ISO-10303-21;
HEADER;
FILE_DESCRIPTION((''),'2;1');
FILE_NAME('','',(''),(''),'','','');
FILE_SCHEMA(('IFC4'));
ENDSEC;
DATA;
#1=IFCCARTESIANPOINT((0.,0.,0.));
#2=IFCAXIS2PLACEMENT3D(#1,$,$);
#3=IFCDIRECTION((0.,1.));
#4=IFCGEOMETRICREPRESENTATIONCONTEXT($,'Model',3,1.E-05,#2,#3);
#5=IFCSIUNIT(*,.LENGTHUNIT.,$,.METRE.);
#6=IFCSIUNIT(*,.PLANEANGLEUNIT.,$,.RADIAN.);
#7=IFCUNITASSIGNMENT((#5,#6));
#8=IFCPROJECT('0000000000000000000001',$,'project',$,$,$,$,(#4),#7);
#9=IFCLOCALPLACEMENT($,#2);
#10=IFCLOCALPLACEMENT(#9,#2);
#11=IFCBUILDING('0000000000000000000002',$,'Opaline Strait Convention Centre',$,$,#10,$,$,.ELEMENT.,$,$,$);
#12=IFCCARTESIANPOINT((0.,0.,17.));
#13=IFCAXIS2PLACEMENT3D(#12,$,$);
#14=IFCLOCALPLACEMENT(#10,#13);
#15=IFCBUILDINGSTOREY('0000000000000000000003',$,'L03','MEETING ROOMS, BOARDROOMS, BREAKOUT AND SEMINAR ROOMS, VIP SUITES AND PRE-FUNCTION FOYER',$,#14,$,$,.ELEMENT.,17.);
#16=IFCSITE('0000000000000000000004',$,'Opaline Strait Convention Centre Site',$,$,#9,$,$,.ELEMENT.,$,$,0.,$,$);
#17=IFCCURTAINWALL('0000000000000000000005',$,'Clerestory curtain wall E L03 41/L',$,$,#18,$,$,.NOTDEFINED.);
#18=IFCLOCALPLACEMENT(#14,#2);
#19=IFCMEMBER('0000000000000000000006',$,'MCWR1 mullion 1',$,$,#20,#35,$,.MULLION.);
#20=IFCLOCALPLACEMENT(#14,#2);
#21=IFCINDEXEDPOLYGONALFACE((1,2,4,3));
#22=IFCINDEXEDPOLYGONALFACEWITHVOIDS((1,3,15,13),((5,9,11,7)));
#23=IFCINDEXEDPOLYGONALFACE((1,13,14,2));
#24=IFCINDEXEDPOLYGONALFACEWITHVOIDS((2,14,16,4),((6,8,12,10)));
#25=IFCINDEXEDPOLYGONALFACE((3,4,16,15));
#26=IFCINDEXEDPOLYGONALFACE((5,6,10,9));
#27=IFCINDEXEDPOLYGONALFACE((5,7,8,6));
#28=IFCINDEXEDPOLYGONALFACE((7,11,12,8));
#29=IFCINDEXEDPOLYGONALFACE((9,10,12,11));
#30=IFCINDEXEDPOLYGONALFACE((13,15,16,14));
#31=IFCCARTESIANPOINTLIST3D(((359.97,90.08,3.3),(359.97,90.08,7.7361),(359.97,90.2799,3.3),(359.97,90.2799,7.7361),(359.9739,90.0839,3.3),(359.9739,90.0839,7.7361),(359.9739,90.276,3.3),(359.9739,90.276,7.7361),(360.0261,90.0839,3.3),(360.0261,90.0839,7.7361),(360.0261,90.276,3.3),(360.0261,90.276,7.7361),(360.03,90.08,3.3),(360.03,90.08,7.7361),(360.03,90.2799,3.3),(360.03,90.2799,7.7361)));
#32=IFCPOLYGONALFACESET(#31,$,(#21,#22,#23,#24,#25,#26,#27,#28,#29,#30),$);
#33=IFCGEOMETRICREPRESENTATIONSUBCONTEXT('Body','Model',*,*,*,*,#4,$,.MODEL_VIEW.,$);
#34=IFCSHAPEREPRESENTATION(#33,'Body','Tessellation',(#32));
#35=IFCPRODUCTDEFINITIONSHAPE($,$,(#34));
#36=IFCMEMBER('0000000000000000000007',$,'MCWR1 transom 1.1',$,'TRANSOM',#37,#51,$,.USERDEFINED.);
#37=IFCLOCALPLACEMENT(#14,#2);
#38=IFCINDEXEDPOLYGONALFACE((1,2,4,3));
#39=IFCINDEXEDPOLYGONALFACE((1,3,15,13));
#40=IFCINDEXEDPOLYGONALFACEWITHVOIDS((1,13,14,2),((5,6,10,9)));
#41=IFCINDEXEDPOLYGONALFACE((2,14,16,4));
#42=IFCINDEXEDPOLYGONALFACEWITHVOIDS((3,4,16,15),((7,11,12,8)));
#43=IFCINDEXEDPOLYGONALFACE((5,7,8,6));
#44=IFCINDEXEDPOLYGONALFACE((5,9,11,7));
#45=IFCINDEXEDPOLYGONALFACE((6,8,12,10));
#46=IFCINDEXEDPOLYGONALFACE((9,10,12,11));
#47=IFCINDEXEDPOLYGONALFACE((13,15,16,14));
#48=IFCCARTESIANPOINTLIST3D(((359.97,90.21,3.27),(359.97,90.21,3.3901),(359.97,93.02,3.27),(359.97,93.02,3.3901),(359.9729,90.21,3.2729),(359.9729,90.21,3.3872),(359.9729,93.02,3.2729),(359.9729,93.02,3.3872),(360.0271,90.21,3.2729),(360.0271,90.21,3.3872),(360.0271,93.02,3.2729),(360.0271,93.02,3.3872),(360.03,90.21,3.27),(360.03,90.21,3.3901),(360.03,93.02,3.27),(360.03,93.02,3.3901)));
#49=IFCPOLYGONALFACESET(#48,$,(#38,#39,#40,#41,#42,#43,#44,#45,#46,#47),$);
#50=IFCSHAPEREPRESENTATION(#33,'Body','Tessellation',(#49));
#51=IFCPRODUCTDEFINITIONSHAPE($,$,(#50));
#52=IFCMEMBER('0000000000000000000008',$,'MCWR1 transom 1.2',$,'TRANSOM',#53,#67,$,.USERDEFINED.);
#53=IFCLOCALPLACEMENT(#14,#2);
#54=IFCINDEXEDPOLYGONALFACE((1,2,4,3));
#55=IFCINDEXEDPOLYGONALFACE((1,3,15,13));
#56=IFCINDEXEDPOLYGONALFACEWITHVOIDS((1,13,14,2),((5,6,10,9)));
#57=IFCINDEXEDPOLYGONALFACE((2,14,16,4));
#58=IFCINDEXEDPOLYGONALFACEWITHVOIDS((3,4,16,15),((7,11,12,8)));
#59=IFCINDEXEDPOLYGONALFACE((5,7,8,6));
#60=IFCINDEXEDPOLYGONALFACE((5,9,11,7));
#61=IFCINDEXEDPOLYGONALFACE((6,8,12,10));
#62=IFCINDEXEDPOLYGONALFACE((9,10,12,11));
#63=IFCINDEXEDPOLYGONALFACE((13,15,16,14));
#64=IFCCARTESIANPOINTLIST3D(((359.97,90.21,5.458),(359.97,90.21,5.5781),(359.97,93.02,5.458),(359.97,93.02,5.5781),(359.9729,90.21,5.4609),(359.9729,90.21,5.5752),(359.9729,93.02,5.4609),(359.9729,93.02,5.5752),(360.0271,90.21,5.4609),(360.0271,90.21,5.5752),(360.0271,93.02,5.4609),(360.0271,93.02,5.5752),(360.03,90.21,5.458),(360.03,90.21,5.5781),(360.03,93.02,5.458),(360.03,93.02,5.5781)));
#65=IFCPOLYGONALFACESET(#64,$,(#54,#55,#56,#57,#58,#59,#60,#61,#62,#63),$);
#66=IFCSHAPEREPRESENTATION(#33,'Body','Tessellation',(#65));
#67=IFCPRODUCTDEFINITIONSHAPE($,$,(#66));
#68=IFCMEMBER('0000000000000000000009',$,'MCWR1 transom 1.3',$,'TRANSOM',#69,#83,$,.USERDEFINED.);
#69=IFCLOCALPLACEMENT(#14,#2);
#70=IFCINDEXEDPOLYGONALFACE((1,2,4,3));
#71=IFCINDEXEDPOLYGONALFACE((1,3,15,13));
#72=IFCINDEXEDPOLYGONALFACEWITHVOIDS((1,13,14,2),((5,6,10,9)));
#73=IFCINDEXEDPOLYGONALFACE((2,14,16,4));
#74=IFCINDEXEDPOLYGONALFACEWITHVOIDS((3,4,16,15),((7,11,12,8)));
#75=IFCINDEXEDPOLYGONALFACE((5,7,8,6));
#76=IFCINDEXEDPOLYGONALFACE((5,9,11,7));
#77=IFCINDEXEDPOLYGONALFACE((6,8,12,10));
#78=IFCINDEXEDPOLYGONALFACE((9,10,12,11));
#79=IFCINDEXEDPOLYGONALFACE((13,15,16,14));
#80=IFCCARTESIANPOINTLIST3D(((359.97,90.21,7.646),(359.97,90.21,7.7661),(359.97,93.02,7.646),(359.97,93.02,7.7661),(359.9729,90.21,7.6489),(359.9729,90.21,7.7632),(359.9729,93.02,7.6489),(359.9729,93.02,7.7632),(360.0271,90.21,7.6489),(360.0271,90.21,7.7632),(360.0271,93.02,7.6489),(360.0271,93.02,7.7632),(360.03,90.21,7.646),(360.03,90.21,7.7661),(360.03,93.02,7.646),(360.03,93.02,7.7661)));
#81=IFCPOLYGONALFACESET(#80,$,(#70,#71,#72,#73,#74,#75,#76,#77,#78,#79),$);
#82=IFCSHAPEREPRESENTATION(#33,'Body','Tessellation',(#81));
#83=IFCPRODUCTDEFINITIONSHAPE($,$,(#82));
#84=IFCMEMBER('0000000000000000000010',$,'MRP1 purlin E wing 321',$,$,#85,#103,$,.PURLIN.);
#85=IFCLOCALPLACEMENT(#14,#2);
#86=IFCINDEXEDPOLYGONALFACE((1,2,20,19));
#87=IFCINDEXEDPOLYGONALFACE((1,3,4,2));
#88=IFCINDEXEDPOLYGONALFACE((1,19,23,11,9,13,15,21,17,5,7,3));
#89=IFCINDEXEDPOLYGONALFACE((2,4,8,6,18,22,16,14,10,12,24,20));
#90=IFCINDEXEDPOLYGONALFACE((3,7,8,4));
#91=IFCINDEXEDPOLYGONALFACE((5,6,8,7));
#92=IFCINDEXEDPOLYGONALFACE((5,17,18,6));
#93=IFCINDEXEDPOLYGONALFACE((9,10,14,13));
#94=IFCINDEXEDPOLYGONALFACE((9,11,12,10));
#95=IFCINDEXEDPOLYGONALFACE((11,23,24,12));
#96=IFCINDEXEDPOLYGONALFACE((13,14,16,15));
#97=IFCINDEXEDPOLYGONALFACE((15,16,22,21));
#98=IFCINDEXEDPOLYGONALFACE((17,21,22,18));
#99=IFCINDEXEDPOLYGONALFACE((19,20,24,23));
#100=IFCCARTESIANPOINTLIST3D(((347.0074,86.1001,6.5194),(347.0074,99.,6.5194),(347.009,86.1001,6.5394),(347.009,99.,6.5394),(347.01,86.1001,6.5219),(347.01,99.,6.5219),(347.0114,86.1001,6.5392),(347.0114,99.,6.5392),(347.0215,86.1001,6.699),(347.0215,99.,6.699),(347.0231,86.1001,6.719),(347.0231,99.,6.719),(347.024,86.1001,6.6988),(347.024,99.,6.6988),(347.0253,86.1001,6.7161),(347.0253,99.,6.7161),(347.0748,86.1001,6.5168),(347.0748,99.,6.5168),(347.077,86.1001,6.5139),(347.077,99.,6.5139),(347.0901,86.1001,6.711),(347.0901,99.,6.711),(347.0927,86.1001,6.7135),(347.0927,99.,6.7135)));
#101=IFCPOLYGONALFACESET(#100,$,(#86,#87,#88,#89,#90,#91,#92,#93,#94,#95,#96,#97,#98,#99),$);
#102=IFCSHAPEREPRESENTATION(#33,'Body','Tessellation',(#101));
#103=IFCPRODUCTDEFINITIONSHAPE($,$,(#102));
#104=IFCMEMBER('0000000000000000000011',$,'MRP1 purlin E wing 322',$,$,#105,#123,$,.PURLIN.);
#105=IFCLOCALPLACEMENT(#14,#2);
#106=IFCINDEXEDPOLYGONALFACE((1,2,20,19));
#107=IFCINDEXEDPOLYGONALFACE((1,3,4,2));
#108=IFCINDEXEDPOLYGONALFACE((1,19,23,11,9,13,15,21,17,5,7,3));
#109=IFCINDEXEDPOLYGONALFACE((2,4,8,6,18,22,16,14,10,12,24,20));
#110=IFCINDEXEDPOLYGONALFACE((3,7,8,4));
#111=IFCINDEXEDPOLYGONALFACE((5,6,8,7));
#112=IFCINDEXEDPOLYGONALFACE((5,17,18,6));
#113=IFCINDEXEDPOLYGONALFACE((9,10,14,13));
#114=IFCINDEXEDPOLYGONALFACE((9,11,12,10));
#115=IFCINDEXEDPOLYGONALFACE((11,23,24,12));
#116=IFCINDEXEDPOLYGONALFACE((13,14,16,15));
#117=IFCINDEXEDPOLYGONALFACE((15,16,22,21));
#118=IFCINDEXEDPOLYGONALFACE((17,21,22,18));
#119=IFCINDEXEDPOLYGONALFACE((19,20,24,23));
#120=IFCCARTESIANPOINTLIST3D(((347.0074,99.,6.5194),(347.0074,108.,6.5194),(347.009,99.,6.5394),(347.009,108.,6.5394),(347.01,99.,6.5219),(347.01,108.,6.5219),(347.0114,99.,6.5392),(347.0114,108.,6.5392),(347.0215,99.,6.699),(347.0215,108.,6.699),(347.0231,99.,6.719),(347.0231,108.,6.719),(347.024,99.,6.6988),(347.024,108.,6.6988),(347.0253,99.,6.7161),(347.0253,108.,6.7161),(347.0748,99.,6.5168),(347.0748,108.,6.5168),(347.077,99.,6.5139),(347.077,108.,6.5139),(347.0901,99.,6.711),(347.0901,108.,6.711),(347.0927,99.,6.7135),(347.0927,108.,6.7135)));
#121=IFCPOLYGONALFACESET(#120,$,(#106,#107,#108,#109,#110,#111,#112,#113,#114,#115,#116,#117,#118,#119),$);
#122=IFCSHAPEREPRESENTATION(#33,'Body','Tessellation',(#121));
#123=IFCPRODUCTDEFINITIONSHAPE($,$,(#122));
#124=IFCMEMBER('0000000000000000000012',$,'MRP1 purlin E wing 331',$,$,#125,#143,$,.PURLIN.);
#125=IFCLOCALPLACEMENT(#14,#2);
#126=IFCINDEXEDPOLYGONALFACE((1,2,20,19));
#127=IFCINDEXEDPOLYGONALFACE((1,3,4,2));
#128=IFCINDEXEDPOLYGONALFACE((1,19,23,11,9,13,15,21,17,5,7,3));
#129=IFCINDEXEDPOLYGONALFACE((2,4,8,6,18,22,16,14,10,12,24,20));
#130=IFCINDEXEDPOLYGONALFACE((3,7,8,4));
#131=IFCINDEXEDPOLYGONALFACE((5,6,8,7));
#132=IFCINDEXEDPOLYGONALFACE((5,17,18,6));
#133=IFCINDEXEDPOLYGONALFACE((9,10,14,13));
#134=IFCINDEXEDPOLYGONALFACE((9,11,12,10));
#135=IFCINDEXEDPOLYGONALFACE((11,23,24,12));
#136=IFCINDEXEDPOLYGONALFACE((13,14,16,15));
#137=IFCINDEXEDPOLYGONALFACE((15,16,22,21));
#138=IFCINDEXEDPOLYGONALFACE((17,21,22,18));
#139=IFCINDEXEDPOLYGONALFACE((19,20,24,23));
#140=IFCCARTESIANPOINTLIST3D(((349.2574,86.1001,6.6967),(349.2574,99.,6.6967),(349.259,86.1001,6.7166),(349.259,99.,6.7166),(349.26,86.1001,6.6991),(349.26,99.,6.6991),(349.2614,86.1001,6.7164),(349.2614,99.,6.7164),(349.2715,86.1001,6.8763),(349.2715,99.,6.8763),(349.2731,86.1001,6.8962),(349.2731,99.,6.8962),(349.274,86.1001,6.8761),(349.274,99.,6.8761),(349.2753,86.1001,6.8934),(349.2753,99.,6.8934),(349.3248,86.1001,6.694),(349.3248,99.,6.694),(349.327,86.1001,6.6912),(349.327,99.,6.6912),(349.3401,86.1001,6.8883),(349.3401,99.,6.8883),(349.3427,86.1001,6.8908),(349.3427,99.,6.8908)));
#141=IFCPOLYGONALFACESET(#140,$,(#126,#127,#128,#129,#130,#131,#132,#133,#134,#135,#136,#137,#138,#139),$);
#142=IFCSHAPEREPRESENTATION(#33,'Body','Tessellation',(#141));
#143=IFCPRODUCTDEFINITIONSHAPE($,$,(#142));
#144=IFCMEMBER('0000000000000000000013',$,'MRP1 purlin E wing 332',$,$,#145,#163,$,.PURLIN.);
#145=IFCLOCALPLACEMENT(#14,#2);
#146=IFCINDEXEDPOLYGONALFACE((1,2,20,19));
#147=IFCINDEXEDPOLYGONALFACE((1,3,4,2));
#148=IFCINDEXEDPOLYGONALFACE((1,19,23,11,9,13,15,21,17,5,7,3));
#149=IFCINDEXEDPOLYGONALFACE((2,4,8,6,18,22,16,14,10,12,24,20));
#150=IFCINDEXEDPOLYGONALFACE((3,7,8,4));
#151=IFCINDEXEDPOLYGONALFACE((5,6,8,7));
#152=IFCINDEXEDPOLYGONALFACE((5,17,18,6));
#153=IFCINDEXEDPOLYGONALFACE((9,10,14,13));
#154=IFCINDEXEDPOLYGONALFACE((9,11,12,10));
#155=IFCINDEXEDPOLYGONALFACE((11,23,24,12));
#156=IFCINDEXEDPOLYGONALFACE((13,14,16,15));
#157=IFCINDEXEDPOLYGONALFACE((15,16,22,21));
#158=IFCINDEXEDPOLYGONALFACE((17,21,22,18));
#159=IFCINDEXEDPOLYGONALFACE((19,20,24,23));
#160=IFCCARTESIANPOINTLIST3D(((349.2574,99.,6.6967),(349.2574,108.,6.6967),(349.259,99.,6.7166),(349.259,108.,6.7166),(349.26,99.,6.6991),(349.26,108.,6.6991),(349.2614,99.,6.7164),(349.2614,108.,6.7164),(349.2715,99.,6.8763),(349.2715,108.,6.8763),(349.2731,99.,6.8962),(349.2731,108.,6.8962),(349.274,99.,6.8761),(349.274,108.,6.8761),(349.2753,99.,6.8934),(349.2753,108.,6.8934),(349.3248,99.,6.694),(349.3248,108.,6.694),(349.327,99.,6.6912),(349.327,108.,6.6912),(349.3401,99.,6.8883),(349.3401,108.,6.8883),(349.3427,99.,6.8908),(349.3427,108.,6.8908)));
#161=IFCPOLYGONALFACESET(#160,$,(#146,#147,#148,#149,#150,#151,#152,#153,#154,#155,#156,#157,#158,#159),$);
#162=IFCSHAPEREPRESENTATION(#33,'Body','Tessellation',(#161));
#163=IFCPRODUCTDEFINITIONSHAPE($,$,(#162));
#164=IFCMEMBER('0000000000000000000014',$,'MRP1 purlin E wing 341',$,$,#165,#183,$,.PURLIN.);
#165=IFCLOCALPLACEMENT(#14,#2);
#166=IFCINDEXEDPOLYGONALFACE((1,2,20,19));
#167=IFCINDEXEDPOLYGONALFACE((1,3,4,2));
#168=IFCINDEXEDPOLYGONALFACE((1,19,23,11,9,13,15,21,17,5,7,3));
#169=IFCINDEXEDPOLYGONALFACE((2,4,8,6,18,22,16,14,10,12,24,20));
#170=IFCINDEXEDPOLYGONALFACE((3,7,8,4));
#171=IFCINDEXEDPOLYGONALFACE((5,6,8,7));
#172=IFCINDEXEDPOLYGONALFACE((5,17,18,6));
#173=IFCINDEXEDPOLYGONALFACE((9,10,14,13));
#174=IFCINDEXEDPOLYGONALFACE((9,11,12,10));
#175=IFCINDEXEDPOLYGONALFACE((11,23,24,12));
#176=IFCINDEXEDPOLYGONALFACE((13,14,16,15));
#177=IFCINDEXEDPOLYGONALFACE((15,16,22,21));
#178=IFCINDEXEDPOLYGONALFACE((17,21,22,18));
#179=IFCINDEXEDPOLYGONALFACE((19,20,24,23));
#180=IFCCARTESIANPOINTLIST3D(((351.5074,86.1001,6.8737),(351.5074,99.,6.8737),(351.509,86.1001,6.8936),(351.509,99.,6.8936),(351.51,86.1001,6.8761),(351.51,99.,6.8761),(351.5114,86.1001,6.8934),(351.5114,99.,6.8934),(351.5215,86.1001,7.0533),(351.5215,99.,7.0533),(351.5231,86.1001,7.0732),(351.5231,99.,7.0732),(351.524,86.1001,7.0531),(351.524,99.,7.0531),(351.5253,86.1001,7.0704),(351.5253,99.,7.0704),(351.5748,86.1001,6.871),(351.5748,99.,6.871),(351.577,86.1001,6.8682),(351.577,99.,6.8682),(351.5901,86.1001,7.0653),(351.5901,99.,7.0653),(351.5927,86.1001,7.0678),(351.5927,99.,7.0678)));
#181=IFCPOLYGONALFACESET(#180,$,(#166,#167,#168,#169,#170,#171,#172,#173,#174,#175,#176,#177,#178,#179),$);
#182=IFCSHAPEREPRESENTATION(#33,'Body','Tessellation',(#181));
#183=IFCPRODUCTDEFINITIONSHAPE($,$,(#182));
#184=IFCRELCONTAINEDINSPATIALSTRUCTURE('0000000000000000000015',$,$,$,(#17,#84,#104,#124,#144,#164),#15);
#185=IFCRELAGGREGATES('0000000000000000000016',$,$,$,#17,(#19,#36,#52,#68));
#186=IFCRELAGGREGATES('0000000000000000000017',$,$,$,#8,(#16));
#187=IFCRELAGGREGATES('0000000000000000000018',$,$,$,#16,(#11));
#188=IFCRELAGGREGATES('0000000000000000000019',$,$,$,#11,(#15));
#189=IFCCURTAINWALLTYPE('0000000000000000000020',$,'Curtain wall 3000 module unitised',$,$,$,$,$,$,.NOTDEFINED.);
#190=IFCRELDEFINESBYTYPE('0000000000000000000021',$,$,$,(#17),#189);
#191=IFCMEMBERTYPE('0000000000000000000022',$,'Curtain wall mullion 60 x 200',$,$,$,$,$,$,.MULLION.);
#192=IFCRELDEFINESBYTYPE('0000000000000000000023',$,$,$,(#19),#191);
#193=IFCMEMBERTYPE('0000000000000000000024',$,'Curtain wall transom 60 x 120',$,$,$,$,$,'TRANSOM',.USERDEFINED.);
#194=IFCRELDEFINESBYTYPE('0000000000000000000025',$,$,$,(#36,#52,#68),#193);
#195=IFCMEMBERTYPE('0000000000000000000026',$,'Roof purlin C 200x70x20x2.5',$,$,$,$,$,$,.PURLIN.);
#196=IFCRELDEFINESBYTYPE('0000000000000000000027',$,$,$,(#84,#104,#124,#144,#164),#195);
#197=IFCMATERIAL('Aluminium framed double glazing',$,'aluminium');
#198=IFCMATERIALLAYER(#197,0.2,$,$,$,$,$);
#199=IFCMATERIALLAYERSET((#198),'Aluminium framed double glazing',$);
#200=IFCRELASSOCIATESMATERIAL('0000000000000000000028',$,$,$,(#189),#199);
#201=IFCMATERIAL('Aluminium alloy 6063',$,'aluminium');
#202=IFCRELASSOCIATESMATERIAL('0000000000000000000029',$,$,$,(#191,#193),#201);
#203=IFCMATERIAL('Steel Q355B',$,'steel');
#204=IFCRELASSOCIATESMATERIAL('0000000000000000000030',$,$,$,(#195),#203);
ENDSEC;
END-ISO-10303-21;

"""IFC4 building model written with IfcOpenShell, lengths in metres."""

from ifc_helpers import new_model, si_unit, direction, frame, origin, origin_2d, place, context, subcontext, project, spatial, polyline, hollow_rectangle, outline, extrude, material, layer, layer_set, material_profile, profile_set, type_object, element, aggregate, save


model = new_model("IFC4")

# Units and contexts
model_context = context("Model", 3, precision=1e-05, world=origin(), true_north=direction((0.0, 1.0)))
body_context = subcontext(model_context, "Body", "Model", "MODEL_VIEW")
ifc_project = project(units=[si_unit("LENGTHUNIT", "METRE"), si_unit("PLANEANGLEUNIT", "RADIAN")], contexts=[model_context])

# Site, building, storey
site_placement = place(None, origin())
site = spatial("IfcSite", under=ifc_project, at=site_placement, Name="Opaline Strait Convention Centre Site", CompositionType="ELEMENT", RefElevation=0.0)
building_placement = place(site_placement, origin())
building = spatial("IfcBuilding", under=site, at=building_placement, Name="Opaline Strait Convention Centre", CompositionType="ELEMENT")
storey_placement = place(building_placement, frame((0.0, 0.0, 17.0)))
storey = spatial("IfcBuildingStorey", under=building, at=storey_placement, Name="L03", Description="MEETING ROOMS, BOARDROOMS, BREAKOUT AND SEMINAR ROOMS, VIP SUITES AND PRE-FUNCTION FOYER", CompositionType="ELEMENT", Elevation=17.0)

# Shared definitions
ifc_material_1 = material(Name="Steel Q355B", Category="steel")

# Curtain wall, members
ifc_material_2 = material(Name="Aluminium framed double glazing", Category="aluminium")
ifc_layer_1 = layer(ifc_material_2, 0.2)
ifc_layer_set_1 = layer_set([ifc_layer_1], Name="Aluminium framed double glazing")
curtain_wall_type = type_object("IfcCurtainWallType", Name="Curtain wall 3000 module unitised", PredefinedType="NOTDEFINED", material=ifc_layer_set_1)
curtain_wall_placement = place(storey_placement, origin())
curtain_wall = element("IfcCurtainWall", 1, at=curtain_wall_placement, inside=storey, type_object=curtain_wall_type, Name="Clerestory curtain wall E L03 41/L", PredefinedType="NOTDEFINED")
ifc_material_3 = material(Name="Aluminium alloy 6063", Category="aluminium")
ifc_material_profile_1 = material_profile(ifc_material_3, hollow_rectangle(XDim=0.0601, YDim=0.2, WallThickness=0.0039, at=origin_2d()), Name="MULLION 60x200x4")
ifc_profile_set_1 = profile_set([ifc_material_profile_1], Name="Aluminium alloy 6063")
member_type_1 = type_object("IfcMemberType", Name="Curtain wall mullion 60 x 200", PredefinedType="MULLION", material=ifc_profile_set_1)
member_1_placement = place(storey_placement, frame((360.0, 90.1799, 3.3), z_axis=(0.0, 0.0, 1.0), x_axis=(-1.0, 0.0, 0.0)))
member_1 = element("IfcMember", 2, at=member_1_placement, type_object=member_type_1, Name="MCWR1 mullion 1", PredefinedType="MULLION", context=body_context, shape_type="SweptSolid", body=[
    extrude(hollow_rectangle(XDim=0.0601, YDim=0.2, WallThickness=0.0039, at=origin_2d()), origin(), (0.0, 0.0, 1.0), 4.436),
])
ifc_material_profile_2 = material_profile(ifc_material_3, hollow_rectangle(XDim=0.0601, YDim=0.1201, WallThickness=0.0029, at=origin_2d()), Name="TRANSOM 60x120x3")
ifc_profile_set_2 = profile_set([ifc_material_profile_2], Name="Aluminium alloy 6063")
member_type_2 = type_object("IfcMemberType", Name="Curtain wall transom 60 x 120", ElementType="TRANSOM", PredefinedType="USERDEFINED", material=ifc_profile_set_2)
member_2_placement = place(storey_placement, frame((360.0, 90.21, 3.3301), z_axis=(0.0, 1.0, 0.0), x_axis=(-1.0, 0.0, 0.0)))
member_2 = element("IfcMember", 3, at=member_2_placement, type_object=member_type_2, Name="MCWR1 transom 1.1", ObjectType="TRANSOM", PredefinedType="USERDEFINED", context=body_context, shape_type="SweptSolid", body=[
    extrude(hollow_rectangle(XDim=0.0601, YDim=0.1201, WallThickness=0.0029, at=origin_2d()), origin(), (0.0, 0.0, 1.0), 2.8101),
])
member_3_placement = place(storey_placement, frame((360.0, 90.21, 5.5181), z_axis=(0.0, 1.0, 0.0), x_axis=(-1.0, 0.0, 0.0)))
member_3 = element("IfcMember", 4, at=member_3_placement, type_object=member_type_2, Name="MCWR1 transom 1.2", ObjectType="TRANSOM", PredefinedType="USERDEFINED", context=body_context, shape_type="SweptSolid", body=[
    extrude(hollow_rectangle(XDim=0.0601, YDim=0.1201, WallThickness=0.0029, at=origin_2d()), origin(), (0.0, 0.0, 1.0), 2.8101),
])
member_4_placement = place(storey_placement, frame((360.0, 90.21, 7.7061), z_axis=(0.0, 1.0, 0.0), x_axis=(-1.0, 0.0, 0.0)))
member_4 = element("IfcMember", 5, at=member_4_placement, type_object=member_type_2, Name="MCWR1 transom 1.3", ObjectType="TRANSOM", PredefinedType="USERDEFINED", context=body_context, shape_type="SweptSolid", body=[
    extrude(hollow_rectangle(XDim=0.0601, YDim=0.1201, WallThickness=0.0029, at=origin_2d()), origin(), (0.0, 0.0, 1.0), 2.8101),
])

# Members
ifc_material_profile_3 = material_profile(ifc_material_1, outline(polyline([(-0.0349, -0.1001), (0.0349, -0.1001), (0.0349, -0.0801), (0.0325, -0.0801), (0.0325, -0.0974), (-0.0325, -0.0974), (-0.0325, 0.0974), (0.0325, 0.0974), (0.0325, 0.0801), (0.0349, 0.0801), (0.0349, 0.1001), (-0.0349, 0.1001), (-0.0349, -0.1001)])), Name="C 200x70x20x2.5")
ifc_profile_set_3 = profile_set([ifc_material_profile_3], Name="Steel Q355B")
member_type_3 = type_object("IfcMemberType", Name="Roof purlin C 200x70x20x2.5", PredefinedType="PURLIN", material=ifc_profile_set_3)
member_5_placement = place(storey_placement, frame((347.05, 86.1001, 6.6165), z_axis=(0.0, 1.0, 0.0), x_axis=(-0.996917, 0.0, 0.078459)))
element("IfcMember", 6, at=member_5_placement, inside=storey, type_object=member_type_3, Name="MRP1 purlin E wing 321", PredefinedType="PURLIN", context=body_context, shape_type="SweptSolid", body=[
    extrude(outline(polyline([(-0.0349, -0.1001), (0.0349, -0.1001), (0.0349, -0.0801), (0.0325, -0.0801), (0.0325, -0.0974), (-0.0325, -0.0974), (-0.0325, 0.0974), (0.0325, 0.0974), (0.0325, 0.0801), (0.0349, 0.0801), (0.0349, 0.1001), (-0.0349, 0.1001), (-0.0349, -0.1001)])), origin(), (0.0, 0.0, 1.0), 12.8999),
])
member_6_placement = place(storey_placement, frame((347.05, 99.0, 6.6165), z_axis=(0.0, 1.0, 0.0), x_axis=(-0.996917, 0.0, 0.078459)))
element("IfcMember", 7, at=member_6_placement, inside=storey, type_object=member_type_3, Name="MRP1 purlin E wing 322", PredefinedType="PURLIN", context=body_context, shape_type="SweptSolid", body=[
    extrude(outline(polyline([(-0.0349, -0.1001), (0.0349, -0.1001), (0.0349, -0.0801), (0.0325, -0.0801), (0.0325, -0.0974), (-0.0325, -0.0974), (-0.0325, 0.0974), (0.0325, 0.0974), (0.0325, 0.0801), (0.0349, 0.0801), (0.0349, 0.1001), (-0.0349, 0.1001), (-0.0349, -0.1001)])), origin(), (0.0, 0.0, 1.0), 9.0),
])
member_7_placement = place(storey_placement, frame((349.3, 86.1001, 6.7937), z_axis=(0.0, 1.0, 0.0), x_axis=(-0.996917, 0.0, 0.078459)))
element("IfcMember", 8, at=member_7_placement, inside=storey, type_object=member_type_3, Name="MRP1 purlin E wing 331", PredefinedType="PURLIN", context=body_context, shape_type="SweptSolid", body=[
    extrude(outline(polyline([(-0.0349, -0.1001), (0.0349, -0.1001), (0.0349, -0.0801), (0.0325, -0.0801), (0.0325, -0.0974), (-0.0325, -0.0974), (-0.0325, 0.0974), (0.0325, 0.0974), (0.0325, 0.0801), (0.0349, 0.0801), (0.0349, 0.1001), (-0.0349, 0.1001), (-0.0349, -0.1001)])), origin(), (0.0, 0.0, 1.0), 12.8999),
])
member_8_placement = place(storey_placement, frame((349.3, 99.0, 6.7937), z_axis=(0.0, 1.0, 0.0), x_axis=(-0.996917, 0.0, 0.078459)))
element("IfcMember", 9, at=member_8_placement, inside=storey, type_object=member_type_3, Name="MRP1 purlin E wing 332", PredefinedType="PURLIN", context=body_context, shape_type="SweptSolid", body=[
    extrude(outline(polyline([(-0.0349, -0.1001), (0.0349, -0.1001), (0.0349, -0.0801), (0.0325, -0.0801), (0.0325, -0.0974), (-0.0325, -0.0974), (-0.0325, 0.0974), (0.0325, 0.0974), (0.0325, 0.0801), (0.0349, 0.0801), (0.0349, 0.1001), (-0.0349, 0.1001), (-0.0349, -0.1001)])), origin(), (0.0, 0.0, 1.0), 9.0),
])
member_9_placement = place(storey_placement, frame((351.55, 86.1001, 6.9707), z_axis=(0.0, 1.0, 0.0), x_axis=(-0.996917, 0.0, 0.078459)))
element("IfcMember", 10, at=member_9_placement, inside=storey, type_object=member_type_3, Name="MRP1 purlin E wing 341", PredefinedType="PURLIN", context=body_context, shape_type="SweptSolid", body=[
    extrude(outline(polyline([(-0.0349, -0.1001), (0.0349, -0.1001), (0.0349, -0.0801), (0.0325, -0.0801), (0.0325, -0.0974), (-0.0325, -0.0974), (-0.0325, 0.0974), (0.0325, 0.0974), (0.0325, 0.0801), (0.0349, 0.0801), (0.0349, 0.1001), (-0.0349, 0.1001), (-0.0349, -0.1001)])), origin(), (0.0, 0.0, 1.0), 12.8999),
])

aggregate(curtain_wall, [member_1, member_2, member_3, member_4])

save(model, "model.ifc")
